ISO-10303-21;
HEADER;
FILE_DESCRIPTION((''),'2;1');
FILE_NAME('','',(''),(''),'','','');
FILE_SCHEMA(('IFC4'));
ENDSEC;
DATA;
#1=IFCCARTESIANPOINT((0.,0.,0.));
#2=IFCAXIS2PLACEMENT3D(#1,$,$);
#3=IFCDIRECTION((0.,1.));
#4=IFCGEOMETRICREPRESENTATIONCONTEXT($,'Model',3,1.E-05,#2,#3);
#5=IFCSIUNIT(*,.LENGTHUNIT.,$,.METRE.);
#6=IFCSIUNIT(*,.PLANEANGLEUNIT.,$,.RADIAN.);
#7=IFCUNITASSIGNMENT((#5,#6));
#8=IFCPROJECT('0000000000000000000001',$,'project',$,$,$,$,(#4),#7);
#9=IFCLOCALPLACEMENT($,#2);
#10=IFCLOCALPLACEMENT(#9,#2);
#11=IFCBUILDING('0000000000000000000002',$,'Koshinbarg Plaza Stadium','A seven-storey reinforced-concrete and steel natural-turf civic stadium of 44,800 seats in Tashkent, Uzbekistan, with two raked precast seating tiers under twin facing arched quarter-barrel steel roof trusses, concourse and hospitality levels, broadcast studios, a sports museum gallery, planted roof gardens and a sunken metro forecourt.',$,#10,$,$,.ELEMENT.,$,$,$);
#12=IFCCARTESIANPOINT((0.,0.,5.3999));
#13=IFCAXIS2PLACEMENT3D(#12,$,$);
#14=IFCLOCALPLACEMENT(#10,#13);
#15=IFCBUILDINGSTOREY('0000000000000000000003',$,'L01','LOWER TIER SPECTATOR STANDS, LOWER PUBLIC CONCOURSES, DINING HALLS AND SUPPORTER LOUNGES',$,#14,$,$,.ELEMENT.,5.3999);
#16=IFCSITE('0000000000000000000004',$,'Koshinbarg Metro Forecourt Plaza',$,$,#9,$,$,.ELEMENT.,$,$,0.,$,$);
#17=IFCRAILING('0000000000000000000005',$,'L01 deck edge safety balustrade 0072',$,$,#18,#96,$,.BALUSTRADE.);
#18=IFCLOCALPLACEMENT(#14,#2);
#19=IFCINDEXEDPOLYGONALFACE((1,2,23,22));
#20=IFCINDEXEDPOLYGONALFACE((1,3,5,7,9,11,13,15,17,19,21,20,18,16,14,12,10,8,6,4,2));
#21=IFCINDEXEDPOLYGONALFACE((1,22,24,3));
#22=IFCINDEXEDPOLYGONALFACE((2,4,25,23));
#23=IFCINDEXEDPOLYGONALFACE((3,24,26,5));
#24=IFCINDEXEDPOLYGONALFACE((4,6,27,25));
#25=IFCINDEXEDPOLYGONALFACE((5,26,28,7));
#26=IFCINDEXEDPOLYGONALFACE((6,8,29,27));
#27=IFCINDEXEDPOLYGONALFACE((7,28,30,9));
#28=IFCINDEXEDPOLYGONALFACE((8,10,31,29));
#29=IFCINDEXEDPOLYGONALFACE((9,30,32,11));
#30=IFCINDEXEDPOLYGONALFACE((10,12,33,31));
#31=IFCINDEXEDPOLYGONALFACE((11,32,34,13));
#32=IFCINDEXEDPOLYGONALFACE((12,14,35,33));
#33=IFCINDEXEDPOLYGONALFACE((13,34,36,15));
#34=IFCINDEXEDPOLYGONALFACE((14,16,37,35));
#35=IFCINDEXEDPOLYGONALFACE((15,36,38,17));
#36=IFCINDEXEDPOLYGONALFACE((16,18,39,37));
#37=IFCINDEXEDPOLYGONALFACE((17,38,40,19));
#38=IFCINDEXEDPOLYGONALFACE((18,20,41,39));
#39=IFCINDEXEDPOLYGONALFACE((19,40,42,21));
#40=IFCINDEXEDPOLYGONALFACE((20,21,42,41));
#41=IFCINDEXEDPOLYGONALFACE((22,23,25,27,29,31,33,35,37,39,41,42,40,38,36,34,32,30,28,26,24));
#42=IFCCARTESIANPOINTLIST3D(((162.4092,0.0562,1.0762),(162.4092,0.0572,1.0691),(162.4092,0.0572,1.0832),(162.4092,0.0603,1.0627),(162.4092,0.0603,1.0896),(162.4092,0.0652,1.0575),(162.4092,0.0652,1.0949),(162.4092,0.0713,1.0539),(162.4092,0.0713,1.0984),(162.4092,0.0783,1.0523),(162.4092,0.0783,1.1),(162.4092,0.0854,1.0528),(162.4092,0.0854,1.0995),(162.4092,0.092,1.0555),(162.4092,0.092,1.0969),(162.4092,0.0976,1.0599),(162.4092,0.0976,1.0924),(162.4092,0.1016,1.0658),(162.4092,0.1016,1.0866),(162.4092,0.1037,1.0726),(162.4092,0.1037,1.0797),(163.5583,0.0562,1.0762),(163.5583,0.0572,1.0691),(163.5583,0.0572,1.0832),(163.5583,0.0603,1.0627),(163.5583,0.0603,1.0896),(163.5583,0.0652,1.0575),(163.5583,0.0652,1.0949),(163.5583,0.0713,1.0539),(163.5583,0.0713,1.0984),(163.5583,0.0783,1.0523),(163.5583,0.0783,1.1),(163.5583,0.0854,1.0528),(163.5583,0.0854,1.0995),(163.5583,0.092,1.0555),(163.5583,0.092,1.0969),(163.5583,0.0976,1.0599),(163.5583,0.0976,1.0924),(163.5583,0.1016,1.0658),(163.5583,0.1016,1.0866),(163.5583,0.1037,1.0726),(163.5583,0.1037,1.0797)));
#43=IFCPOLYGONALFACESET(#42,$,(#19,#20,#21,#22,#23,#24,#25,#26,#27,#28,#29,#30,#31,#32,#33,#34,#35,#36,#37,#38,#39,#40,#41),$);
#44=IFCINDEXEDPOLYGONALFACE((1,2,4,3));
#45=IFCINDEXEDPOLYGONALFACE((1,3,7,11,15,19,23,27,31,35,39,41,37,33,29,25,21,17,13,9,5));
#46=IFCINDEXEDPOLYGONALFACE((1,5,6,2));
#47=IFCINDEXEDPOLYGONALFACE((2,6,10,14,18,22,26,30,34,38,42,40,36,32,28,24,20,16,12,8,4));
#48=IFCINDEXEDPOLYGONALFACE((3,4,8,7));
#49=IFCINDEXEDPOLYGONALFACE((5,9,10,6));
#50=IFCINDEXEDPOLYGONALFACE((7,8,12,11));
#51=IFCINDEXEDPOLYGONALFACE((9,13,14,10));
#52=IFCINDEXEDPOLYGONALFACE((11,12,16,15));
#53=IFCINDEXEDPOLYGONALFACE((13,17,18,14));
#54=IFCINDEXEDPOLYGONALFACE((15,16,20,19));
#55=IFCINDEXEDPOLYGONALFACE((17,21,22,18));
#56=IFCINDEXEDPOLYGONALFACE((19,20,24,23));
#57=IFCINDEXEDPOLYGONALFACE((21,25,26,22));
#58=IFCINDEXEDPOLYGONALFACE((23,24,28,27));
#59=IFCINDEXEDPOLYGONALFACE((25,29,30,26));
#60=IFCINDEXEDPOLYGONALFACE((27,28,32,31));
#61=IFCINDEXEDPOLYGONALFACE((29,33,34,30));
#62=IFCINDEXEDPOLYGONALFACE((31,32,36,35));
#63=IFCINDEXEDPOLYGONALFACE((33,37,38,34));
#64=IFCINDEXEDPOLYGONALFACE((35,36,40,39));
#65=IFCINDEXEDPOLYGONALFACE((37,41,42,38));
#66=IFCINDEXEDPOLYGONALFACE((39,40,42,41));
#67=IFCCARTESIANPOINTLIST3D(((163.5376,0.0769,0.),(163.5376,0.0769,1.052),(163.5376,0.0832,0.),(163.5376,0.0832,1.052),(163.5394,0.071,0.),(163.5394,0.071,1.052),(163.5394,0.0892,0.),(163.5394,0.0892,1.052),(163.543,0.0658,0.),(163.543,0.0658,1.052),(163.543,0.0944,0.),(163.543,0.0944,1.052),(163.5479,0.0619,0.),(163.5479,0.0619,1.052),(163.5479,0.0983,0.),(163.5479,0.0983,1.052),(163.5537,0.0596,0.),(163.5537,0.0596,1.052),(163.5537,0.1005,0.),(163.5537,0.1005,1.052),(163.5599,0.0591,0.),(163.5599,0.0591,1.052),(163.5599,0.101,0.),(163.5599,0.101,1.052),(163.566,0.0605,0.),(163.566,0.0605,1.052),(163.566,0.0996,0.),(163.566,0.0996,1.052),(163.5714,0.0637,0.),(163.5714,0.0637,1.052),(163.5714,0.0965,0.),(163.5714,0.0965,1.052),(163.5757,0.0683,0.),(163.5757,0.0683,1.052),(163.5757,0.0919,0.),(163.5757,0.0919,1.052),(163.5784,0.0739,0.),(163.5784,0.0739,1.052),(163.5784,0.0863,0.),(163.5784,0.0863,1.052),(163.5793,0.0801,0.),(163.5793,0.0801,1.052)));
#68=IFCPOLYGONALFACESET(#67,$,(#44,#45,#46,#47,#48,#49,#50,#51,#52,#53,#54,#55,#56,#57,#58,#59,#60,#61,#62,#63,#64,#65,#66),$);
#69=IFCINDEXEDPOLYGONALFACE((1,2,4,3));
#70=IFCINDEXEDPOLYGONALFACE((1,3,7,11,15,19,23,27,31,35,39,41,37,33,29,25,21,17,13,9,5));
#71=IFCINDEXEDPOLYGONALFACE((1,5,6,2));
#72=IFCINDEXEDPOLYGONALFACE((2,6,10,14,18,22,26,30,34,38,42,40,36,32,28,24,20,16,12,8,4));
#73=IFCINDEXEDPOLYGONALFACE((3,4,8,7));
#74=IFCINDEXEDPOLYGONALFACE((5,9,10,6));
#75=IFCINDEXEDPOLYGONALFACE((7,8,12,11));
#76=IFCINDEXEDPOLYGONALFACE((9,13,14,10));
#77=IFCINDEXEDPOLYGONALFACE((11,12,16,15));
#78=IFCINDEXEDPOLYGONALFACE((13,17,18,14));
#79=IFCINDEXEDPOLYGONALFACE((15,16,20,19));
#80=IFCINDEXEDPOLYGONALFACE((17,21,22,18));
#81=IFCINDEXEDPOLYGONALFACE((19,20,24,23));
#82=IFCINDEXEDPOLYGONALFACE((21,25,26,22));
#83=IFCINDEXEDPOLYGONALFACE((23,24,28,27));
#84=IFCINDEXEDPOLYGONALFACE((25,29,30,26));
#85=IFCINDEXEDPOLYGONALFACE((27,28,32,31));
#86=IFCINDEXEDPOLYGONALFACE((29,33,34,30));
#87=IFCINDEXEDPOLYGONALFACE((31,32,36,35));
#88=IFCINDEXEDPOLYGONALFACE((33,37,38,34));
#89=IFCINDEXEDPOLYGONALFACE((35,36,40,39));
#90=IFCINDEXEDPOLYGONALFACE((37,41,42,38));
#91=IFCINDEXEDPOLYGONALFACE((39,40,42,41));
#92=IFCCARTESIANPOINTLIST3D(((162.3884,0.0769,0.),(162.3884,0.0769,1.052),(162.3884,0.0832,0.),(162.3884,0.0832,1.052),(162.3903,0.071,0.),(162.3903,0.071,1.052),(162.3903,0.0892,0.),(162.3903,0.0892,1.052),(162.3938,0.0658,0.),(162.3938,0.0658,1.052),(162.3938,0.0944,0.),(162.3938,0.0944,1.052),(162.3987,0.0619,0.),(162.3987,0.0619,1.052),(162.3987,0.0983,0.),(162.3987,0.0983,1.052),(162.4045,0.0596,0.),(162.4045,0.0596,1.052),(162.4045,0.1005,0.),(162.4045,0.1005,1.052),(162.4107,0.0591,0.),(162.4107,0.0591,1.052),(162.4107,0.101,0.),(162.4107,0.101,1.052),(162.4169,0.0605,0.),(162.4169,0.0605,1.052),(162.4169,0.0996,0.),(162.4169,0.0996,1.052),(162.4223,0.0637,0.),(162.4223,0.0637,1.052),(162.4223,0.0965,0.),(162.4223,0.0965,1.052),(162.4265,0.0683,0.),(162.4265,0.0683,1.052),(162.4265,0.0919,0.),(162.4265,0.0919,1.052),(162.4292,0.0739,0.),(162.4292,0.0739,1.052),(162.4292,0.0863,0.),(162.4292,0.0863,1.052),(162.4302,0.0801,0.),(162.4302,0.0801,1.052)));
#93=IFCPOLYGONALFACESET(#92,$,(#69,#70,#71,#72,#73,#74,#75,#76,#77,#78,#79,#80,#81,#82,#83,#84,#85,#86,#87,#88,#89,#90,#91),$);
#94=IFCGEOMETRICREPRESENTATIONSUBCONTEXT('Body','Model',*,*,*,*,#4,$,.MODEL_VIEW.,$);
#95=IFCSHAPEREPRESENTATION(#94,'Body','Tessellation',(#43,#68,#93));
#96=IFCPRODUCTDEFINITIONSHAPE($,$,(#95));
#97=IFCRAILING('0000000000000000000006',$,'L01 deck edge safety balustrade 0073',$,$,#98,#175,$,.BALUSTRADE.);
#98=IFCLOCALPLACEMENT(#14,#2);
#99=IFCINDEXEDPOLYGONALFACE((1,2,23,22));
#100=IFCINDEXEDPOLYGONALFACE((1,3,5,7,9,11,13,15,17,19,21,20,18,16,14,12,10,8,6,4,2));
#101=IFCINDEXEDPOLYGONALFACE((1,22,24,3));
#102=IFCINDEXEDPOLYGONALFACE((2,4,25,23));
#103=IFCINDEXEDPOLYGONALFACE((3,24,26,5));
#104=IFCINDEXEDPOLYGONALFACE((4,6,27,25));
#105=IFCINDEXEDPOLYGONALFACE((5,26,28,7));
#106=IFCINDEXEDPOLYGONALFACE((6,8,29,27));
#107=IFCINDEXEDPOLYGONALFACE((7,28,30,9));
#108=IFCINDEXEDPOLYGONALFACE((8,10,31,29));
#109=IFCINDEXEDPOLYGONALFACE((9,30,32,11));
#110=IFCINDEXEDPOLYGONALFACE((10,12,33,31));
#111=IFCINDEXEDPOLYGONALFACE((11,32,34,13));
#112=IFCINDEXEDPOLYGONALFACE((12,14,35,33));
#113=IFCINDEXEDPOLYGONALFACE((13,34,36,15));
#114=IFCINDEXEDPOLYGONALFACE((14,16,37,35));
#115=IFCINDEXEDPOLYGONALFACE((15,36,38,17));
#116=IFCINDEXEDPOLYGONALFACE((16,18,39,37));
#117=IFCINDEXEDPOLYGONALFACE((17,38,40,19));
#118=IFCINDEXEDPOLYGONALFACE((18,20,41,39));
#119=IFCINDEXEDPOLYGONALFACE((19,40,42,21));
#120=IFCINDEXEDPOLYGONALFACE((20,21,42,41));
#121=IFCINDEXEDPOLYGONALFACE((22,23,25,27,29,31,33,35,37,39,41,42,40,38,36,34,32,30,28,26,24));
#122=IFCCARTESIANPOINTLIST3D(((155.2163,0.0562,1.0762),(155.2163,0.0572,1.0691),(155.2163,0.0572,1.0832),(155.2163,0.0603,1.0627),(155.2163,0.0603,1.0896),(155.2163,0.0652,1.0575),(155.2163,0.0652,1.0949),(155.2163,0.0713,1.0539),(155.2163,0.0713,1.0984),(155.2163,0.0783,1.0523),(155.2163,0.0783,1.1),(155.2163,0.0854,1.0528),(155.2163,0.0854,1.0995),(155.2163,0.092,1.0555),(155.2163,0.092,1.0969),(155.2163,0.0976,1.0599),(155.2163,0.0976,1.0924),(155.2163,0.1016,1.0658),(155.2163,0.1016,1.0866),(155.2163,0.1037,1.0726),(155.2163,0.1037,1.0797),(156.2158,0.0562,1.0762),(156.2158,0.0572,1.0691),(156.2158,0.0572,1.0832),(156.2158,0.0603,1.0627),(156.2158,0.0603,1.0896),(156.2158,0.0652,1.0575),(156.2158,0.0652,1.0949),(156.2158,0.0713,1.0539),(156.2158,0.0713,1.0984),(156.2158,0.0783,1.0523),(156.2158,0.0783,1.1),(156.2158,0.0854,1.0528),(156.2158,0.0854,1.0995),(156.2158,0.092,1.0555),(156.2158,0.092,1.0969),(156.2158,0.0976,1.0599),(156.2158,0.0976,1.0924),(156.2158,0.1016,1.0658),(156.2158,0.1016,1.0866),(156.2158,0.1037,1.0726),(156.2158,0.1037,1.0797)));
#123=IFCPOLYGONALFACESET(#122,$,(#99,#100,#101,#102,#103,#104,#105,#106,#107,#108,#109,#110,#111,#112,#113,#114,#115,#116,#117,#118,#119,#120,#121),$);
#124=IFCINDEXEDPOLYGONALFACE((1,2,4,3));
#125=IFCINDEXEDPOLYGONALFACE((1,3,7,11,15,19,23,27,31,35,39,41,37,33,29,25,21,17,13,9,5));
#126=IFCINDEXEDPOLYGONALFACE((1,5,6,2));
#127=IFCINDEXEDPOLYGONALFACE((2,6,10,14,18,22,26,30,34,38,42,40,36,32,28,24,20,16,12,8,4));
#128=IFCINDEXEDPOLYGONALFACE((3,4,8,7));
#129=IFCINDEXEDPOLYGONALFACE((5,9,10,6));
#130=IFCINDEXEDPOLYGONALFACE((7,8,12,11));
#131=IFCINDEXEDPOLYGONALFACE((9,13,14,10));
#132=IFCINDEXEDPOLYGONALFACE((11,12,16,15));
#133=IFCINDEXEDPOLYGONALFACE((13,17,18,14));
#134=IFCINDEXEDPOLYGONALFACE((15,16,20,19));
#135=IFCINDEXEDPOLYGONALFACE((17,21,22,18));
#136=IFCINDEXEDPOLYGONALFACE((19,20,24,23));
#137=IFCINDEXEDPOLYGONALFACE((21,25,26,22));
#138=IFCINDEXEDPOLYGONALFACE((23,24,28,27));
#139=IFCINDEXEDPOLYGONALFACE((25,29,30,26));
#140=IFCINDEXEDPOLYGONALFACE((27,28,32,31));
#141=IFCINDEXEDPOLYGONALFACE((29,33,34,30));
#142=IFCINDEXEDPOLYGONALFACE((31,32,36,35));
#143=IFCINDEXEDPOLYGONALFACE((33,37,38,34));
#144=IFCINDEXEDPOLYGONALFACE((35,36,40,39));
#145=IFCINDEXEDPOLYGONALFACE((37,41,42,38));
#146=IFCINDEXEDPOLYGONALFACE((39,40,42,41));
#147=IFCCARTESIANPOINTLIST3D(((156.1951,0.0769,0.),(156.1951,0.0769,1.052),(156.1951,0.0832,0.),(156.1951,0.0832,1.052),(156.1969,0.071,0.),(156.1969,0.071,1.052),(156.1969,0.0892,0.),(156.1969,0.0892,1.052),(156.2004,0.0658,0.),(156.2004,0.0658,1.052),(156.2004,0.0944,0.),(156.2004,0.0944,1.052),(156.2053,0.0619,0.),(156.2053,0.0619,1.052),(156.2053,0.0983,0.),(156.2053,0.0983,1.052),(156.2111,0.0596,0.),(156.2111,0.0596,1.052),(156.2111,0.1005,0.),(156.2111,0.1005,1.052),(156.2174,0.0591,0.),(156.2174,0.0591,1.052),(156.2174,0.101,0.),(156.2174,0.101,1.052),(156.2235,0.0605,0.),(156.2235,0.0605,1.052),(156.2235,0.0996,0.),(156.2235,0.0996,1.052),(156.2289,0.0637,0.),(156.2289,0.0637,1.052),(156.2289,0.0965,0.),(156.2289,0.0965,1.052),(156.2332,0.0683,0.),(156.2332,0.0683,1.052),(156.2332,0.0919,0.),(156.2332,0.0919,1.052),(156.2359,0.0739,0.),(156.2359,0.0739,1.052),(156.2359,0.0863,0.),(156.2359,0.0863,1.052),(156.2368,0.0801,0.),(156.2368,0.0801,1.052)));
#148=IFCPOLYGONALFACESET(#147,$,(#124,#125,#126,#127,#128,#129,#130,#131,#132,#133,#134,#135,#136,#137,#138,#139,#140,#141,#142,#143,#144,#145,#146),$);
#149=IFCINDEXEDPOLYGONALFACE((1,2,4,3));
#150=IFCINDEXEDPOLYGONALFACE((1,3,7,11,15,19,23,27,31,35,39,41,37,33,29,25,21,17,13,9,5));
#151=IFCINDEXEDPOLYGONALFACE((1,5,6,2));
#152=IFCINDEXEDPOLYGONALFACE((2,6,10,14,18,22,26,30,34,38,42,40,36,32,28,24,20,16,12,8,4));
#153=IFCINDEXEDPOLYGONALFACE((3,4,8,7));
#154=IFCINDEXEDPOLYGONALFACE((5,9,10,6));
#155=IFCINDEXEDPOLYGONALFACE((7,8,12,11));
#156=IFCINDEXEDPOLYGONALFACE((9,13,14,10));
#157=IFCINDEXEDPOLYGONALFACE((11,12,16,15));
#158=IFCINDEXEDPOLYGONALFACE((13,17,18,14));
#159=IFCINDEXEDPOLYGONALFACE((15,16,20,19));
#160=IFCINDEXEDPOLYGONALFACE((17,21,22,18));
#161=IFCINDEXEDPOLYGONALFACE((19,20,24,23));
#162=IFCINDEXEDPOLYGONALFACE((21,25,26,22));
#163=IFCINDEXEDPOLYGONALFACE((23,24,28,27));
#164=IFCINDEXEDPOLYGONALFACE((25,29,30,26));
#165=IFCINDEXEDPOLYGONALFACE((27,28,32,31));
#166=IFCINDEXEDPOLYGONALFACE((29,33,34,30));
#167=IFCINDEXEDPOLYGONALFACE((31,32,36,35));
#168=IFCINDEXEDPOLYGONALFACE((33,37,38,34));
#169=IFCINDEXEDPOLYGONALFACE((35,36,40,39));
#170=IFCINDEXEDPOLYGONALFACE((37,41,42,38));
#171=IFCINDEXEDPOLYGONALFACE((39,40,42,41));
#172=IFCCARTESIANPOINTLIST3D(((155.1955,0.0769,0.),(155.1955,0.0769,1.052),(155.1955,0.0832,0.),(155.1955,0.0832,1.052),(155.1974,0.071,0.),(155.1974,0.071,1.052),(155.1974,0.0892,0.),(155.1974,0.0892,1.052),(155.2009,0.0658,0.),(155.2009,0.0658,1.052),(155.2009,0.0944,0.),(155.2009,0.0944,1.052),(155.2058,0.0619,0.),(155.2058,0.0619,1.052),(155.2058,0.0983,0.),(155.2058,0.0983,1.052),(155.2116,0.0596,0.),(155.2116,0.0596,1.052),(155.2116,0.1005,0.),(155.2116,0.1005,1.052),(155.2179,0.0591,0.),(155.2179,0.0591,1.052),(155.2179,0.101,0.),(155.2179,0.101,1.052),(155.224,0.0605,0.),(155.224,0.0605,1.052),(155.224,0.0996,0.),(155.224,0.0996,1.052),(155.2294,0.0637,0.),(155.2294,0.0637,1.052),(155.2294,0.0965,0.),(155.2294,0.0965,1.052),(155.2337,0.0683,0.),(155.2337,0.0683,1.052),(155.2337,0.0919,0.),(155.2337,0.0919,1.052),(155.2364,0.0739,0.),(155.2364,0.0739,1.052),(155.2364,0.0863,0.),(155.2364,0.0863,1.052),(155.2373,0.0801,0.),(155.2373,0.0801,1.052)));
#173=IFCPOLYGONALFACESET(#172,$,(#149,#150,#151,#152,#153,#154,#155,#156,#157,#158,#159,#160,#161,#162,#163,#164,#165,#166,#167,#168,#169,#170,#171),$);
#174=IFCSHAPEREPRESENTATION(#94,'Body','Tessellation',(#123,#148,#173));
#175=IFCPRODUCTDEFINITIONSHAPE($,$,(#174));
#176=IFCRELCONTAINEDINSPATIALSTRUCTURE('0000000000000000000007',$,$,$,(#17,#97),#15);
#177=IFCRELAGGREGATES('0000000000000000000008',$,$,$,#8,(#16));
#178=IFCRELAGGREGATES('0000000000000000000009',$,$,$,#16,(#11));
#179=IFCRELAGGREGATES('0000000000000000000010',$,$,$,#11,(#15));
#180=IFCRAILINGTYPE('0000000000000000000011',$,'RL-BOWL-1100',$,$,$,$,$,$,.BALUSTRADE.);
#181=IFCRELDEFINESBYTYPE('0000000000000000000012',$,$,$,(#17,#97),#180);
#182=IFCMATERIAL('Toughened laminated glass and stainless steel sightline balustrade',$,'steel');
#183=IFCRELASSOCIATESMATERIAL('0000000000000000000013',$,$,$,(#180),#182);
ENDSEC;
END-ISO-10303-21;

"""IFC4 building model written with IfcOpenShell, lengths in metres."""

from ifc_helpers import new_model, si_unit, direction, frame, origin, origin_2d, place, context, subcontext, project, spatial, circle, extrude, material, type_object, element, save


model = new_model("IFC4")

# Units and contexts
model_context = context("Model", 3, precision=1e-05, world=origin(), true_north=direction((0.0, 1.0)))
body_context = subcontext(model_context, "Body", "Model", "MODEL_VIEW")
ifc_project = project(units=[si_unit("LENGTHUNIT", "METRE"), si_unit("PLANEANGLEUNIT", "RADIAN")], contexts=[model_context])

# Site, building, storey
site_placement = place(None, origin())
site = spatial("IfcSite", under=ifc_project, at=site_placement, Name="Koshinbarg Metro Forecourt Plaza", CompositionType="ELEMENT", RefElevation=0.0)
building_placement = place(site_placement, origin())
building = spatial("IfcBuilding", under=site, at=building_placement, Name="Koshinbarg Plaza Stadium", Description="A seven-storey reinforced-concrete and steel natural-turf civic stadium of 44,800 seats in Tashkent, Uzbekistan, with two raked precast seating tiers under twin facing arched quarter-barrel steel roof trusses, concourse and hospitality levels, broadcast studios, a sports museum gallery, planted roof gardens and a sunken metro forecourt.", CompositionType="ELEMENT")
storey_placement = place(building_placement, frame((0.0, 0.0, 5.3999)))
storey = spatial("IfcBuildingStorey", under=building, at=storey_placement, Name="L01", Description="LOWER TIER SPECTATOR STANDS, LOWER PUBLIC CONCOURSES, DINING HALLS AND SUPPORTER LOUNGES", CompositionType="ELEMENT", Elevation=5.3999)

# Railings
ifc_material_1 = material(Name="Toughened laminated glass and stainless steel sightline balustrade", Category="steel")
railing_type = type_object("IfcRailingType", Name="RL-BOWL-1100", PredefinedType="BALUSTRADE", material=ifc_material_1)
railing_1_placement = place(storey_placement, frame((163.5583, 0.0801, 0.0)))
element("IfcRailing", 1, at=railing_1_placement, inside=storey, type_object=railing_type, Name="L01 deck edge safety balustrade 0072", PredefinedType="BALUSTRADE", context=body_context, shape_type="SweptSolid", body=[
    extrude(circle(Radius=0.0239, at=origin_2d()), frame((0.0, 0.0, 1.0762), z_axis=(-1.0, 0.0, 0.0), x_axis=(0.0, -1.0, 0.0)), (0.0, 0.0, 1.0), 1.1492),
    extrude(circle(Radius=0.021, at=origin_2d()), origin(), (0.0, 0.0, 1.0), 1.052),
    extrude(circle(Radius=0.021, at=origin_2d()), frame((-1.1492, 0.0, 0.0)), (0.0, 0.0, 1.0), 1.052),
])
railing_2_placement = place(storey_placement, frame((156.2158, 0.0801, 0.0)))
element("IfcRailing", 2, at=railing_2_placement, inside=storey, type_object=railing_type, Name="L01 deck edge safety balustrade 0073", PredefinedType="BALUSTRADE", context=body_context, shape_type="SweptSolid", body=[
    extrude(circle(Radius=0.0239, at=origin_2d()), frame((0.0, 0.0, 1.0762), z_axis=(-1.0, 0.0, 0.0), x_axis=(0.0, -1.0, 0.0)), (0.0, 0.0, 1.0), 0.9995),
    extrude(circle(Radius=0.021, at=origin_2d()), origin(), (0.0, 0.0, 1.0), 1.052),
    extrude(circle(Radius=0.021, at=origin_2d()), frame((-0.9995, 0.0, 0.0)), (0.0, 0.0, 1.0), 1.052),
])

save(model, "model.ifc")
